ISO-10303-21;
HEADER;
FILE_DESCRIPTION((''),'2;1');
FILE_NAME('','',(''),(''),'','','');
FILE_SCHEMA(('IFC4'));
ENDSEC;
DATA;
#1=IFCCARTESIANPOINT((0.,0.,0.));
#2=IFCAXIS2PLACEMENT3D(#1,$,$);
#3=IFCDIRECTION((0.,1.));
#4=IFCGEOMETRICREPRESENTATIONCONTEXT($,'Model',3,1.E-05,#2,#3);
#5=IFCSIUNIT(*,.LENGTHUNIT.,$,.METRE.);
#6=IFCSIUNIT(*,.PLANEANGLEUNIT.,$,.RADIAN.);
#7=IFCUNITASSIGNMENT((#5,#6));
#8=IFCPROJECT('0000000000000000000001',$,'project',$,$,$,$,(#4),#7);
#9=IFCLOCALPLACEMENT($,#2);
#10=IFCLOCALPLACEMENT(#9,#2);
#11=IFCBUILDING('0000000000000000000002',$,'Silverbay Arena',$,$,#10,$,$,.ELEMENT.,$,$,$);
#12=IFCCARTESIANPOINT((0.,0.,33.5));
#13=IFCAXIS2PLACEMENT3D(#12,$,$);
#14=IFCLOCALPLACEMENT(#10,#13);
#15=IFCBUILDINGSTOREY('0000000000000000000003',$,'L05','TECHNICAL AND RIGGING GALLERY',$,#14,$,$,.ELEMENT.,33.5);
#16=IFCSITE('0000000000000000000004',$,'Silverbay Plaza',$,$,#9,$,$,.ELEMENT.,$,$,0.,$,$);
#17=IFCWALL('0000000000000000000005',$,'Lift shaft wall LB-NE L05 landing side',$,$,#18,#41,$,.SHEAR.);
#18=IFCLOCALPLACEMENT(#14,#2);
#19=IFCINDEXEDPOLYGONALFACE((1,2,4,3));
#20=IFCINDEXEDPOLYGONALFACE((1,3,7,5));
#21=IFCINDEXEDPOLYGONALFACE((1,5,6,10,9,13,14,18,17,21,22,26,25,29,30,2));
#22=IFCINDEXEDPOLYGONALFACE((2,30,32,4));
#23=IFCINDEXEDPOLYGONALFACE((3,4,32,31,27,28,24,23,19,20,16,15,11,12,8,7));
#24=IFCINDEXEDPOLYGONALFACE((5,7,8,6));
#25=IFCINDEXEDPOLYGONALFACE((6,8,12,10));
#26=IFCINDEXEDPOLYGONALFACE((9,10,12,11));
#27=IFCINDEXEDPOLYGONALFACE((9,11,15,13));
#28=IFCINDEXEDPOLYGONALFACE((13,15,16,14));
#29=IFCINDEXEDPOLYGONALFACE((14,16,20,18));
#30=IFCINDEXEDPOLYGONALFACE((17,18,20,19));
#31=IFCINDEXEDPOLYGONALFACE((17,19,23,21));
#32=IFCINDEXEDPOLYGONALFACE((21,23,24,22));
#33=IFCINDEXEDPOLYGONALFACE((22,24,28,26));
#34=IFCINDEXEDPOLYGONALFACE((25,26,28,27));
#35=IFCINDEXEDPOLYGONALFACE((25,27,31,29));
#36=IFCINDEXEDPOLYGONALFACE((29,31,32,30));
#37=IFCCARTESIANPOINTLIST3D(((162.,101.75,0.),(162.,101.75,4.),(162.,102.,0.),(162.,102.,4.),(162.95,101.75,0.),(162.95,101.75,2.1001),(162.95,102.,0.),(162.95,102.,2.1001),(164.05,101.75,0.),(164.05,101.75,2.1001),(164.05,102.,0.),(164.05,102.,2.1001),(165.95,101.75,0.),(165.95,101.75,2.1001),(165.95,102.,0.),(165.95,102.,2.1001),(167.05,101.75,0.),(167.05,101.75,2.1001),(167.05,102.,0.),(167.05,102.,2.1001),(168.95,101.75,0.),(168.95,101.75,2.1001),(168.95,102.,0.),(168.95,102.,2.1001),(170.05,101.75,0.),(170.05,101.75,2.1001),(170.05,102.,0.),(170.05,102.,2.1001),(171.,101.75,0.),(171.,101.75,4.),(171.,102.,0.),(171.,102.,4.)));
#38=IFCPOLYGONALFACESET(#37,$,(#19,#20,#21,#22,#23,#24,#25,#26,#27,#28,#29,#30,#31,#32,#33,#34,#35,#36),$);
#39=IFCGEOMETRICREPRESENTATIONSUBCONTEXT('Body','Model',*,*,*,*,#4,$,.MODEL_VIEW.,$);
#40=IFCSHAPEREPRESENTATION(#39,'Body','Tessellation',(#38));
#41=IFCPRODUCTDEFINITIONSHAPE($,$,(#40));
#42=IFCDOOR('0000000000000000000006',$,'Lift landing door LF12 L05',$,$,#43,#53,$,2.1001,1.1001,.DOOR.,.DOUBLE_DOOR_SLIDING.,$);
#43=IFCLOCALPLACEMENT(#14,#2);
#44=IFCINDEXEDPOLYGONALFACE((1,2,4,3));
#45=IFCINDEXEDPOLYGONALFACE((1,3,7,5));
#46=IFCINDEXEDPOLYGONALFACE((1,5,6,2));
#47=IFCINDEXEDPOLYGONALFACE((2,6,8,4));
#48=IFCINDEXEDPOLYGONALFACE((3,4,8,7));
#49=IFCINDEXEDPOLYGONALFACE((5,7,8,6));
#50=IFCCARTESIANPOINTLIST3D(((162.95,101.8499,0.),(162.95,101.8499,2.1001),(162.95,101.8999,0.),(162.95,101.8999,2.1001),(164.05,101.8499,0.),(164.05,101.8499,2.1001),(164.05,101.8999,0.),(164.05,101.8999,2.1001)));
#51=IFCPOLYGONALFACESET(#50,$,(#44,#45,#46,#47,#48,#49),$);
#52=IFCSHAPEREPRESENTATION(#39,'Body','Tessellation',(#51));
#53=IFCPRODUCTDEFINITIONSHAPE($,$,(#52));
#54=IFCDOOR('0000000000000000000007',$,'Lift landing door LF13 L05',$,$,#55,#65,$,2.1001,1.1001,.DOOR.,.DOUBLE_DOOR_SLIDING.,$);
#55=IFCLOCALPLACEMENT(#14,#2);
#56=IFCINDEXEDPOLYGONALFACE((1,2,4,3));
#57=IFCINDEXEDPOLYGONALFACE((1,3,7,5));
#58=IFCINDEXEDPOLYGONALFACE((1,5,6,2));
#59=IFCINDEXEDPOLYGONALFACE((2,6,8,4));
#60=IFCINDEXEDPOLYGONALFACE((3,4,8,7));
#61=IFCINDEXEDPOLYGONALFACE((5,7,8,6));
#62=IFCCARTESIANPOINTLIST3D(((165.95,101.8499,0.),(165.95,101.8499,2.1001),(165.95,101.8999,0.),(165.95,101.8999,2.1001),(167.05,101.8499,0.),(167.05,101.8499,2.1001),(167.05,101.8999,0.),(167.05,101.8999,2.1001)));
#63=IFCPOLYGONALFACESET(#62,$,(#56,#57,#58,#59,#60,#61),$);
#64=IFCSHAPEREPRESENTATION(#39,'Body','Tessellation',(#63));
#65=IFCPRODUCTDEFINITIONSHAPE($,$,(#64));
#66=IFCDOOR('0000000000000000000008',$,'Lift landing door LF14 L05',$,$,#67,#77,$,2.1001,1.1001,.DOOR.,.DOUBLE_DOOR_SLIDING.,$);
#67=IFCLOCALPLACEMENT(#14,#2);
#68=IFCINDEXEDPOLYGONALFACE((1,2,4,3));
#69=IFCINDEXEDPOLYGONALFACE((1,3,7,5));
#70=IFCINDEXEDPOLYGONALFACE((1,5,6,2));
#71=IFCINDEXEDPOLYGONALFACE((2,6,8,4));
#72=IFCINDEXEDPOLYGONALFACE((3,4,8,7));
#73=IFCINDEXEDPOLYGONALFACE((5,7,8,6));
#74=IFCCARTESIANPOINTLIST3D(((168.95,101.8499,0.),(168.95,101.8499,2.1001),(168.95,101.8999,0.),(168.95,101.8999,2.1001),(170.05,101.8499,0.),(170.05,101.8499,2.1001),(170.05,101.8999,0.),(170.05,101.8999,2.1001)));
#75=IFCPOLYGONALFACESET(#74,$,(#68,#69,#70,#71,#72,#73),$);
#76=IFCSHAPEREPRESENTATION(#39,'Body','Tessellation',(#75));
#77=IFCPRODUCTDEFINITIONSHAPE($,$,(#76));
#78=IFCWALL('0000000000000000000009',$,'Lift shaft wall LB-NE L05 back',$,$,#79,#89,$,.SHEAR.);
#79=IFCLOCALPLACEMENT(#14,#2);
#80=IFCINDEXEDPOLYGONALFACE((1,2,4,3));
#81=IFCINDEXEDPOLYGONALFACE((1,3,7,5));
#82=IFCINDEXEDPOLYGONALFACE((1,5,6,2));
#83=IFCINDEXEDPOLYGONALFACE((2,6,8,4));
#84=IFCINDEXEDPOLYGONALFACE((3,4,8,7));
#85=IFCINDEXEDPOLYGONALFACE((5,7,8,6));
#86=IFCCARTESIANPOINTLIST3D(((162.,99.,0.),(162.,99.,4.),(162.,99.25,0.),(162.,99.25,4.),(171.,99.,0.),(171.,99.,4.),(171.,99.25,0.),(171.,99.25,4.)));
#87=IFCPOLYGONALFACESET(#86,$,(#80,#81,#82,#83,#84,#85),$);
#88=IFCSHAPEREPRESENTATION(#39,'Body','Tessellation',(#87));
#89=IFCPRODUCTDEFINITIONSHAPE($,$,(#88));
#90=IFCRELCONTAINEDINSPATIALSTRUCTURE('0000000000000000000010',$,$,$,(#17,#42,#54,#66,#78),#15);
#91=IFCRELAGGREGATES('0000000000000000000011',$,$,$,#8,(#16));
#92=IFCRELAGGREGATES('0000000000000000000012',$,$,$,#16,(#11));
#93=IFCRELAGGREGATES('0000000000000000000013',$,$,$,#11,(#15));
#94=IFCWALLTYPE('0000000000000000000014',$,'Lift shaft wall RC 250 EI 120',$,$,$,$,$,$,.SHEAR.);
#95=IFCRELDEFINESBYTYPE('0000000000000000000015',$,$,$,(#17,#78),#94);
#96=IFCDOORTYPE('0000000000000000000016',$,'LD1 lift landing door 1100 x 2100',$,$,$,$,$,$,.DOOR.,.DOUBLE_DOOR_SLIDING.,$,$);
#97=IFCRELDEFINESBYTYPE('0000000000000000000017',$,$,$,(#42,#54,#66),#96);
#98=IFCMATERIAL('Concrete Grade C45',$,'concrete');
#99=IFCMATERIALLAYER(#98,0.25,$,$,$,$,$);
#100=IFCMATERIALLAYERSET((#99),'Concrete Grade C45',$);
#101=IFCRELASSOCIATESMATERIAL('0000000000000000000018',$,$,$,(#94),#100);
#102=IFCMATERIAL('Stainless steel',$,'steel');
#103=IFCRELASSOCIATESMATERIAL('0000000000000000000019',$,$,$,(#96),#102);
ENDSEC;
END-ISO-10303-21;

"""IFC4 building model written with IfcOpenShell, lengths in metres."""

from ifc_helpers import new_model, si_unit, direction, frame, frame_2d, origin, place, context, subcontext, project, spatial, rectangle, extrude, material, layer, layer_set, type_object, element, fill, save


model = new_model("IFC4")

# Units and contexts
model_context = context("Model", 3, precision=1e-05, world=origin(), true_north=direction((0.0, 1.0)))
body_context = subcontext(model_context, "Body", "Model", "MODEL_VIEW")
ifc_project = project(units=[si_unit("LENGTHUNIT", "METRE"), si_unit("PLANEANGLEUNIT", "RADIAN")], contexts=[model_context])

# Site, building, storey
site_placement = place(None, origin())
site = spatial("IfcSite", under=ifc_project, at=site_placement, Name="Silverbay Plaza", CompositionType="ELEMENT", RefElevation=0.0)
building_placement = place(site_placement, origin())
building = spatial("IfcBuilding", under=site, at=building_placement, Name="Silverbay Arena", CompositionType="ELEMENT")
storey_placement = place(building_placement, frame((0.0, 0.0, 33.5)))
storey = spatial("IfcBuildingStorey", under=building, at=storey_placement, Name="L05", Description="TECHNICAL AND RIGGING GALLERY", CompositionType="ELEMENT", Elevation=33.5)

# Wall, openings, doors
ifc_material_1 = material(Name="Concrete Grade C45", Category="concrete")
ifc_layer_1 = layer(ifc_material_1, 0.25)
ifc_layer_set_1 = layer_set([ifc_layer_1], Name="Concrete Grade C45")
wall_type_1 = type_object("IfcWallType", Name="Lift shaft wall RC 250 EI 120", PredefinedType="SHEAR", material=ifc_layer_set_1)
wall_1_placement = place(storey_placement, frame((162.0, 101.875, 0.0), z_axis=(0.0, 0.0, 1.0), x_axis=(1.0, 0.0, 0.0)))
wall_1 = element("IfcWall", 1, at=wall_1_placement, inside=storey, type_object=wall_type_1, Name="Lift shaft wall LB-NE L05 landing side", PredefinedType="SHEAR", context=body_context, shape_type="SweptSolid", body=[
    extrude(rectangle(XDim=9.0, YDim=0.25, at=frame_2d((4.5, 0.0))), origin(), (0.0, 0.0, 1.0), 4.0),
])
opening_1_placement = place(wall_1_placement, frame((0.95, 0.0, 0.0)))
opening_1 = element("IfcOpeningElement", 2, at=opening_1_placement, cuts=wall_1, PredefinedType="OPENING", context=body_context, shape_type="SweptSolid", body=[
    extrude(rectangle(XDim=1.1001, YDim=2.1001, at=frame_2d((0.55, 1.05))), frame((0.0, 0.135, 0.0), z_axis=(0.0, -1.0, 0.0), x_axis=(1.0, 0.0, 0.0)), (0.0, 0.0, 1.0), 0.27),
])
opening_2_placement = place(wall_1_placement, frame((3.95, 0.0, 0.0)))
opening_2 = element("IfcOpeningElement", 3, at=opening_2_placement, cuts=wall_1, PredefinedType="OPENING", context=body_context, shape_type="SweptSolid", body=[
    extrude(rectangle(XDim=1.1001, YDim=2.1001, at=frame_2d((0.55, 1.05))), frame((0.0, 0.135, 0.0), z_axis=(0.0, -1.0, 0.0), x_axis=(1.0, 0.0, 0.0)), (0.0, 0.0, 1.0), 0.27),
])
opening_3_placement = place(wall_1_placement, frame((6.95, 0.0, 0.0)))
opening_3 = element("IfcOpeningElement", 4, at=opening_3_placement, cuts=wall_1, PredefinedType="OPENING", context=body_context, shape_type="SweptSolid", body=[
    extrude(rectangle(XDim=1.1001, YDim=2.1001, at=frame_2d((0.55, 1.05))), frame((0.0, 0.135, 0.0), z_axis=(0.0, -1.0, 0.0), x_axis=(1.0, 0.0, 0.0)), (0.0, 0.0, 1.0), 0.27),
])
ifc_material_2 = material(Name="Stainless steel", Category="steel")
door_type = type_object("IfcDoorType", Name="LD1 lift landing door 1100 x 2100", OperationType="DOUBLE_DOOR_SLIDING", PredefinedType="DOOR", material=ifc_material_2)
door_1_placement = place(opening_1_placement, origin())
door_1 = element("IfcDoor", 5, at=door_1_placement, inside=storey, type_object=door_type, Name="Lift landing door LF12 L05", OperationType="DOUBLE_DOOR_SLIDING", OverallHeight=2.1001, OverallWidth=1.1001, PredefinedType="DOOR", context=body_context, shape_type="SweptSolid", body=[
    extrude(rectangle(XDim=1.1001, YDim=2.1001, at=frame_2d((0.55, 1.05))), frame((0.0, 0.0249, 0.0), z_axis=(0.0, -1.0, 0.0), x_axis=(1.0, 0.0, 0.0)), (0.0, 0.0, 1.0), 0.05),
])
fill(opening_1, door_1)
door_2_placement = place(opening_2_placement, origin())
door_2 = element("IfcDoor", 6, at=door_2_placement, inside=storey, type_object=door_type, Name="Lift landing door LF13 L05", OperationType="DOUBLE_DOOR_SLIDING", OverallHeight=2.1001, OverallWidth=1.1001, PredefinedType="DOOR", context=body_context, shape_type="SweptSolid", body=[
    extrude(rectangle(XDim=1.1001, YDim=2.1001, at=frame_2d((0.55, 1.05))), frame((0.0, 0.0249, 0.0), z_axis=(0.0, -1.0, 0.0), x_axis=(1.0, 0.0, 0.0)), (0.0, 0.0, 1.0), 0.05),
])
fill(opening_2, door_2)
door_3_placement = place(opening_3_placement, origin())
door_3 = element("IfcDoor", 7, at=door_3_placement, inside=storey, type_object=door_type, Name="Lift landing door LF14 L05", OperationType="DOUBLE_DOOR_SLIDING", OverallHeight=2.1001, OverallWidth=1.1001, PredefinedType="DOOR", context=body_context, shape_type="SweptSolid", body=[
    extrude(rectangle(XDim=1.1001, YDim=2.1001, at=frame_2d((0.55, 1.05))), frame((0.0, 0.0249, 0.0), z_axis=(0.0, -1.0, 0.0), x_axis=(1.0, 0.0, 0.0)), (0.0, 0.0, 1.0), 0.05),
])
fill(opening_3, door_3)

# Wall
wall_2_placement = place(storey_placement, frame((162.0, 99.125, 0.0), z_axis=(0.0, 0.0, 1.0), x_axis=(1.0, 0.0, 0.0)))
element("IfcWall", 8, at=wall_2_placement, inside=storey, type_object=wall_type_1, Name="Lift shaft wall LB-NE L05 back", PredefinedType="SHEAR", context=body_context, shape_type="SweptSolid", body=[
    extrude(rectangle(XDim=9.0, YDim=0.25, at=frame_2d((4.5, 0.0))), origin(), (0.0, 0.0, 1.0), 4.0),
])

save(model, "model.ifc")
